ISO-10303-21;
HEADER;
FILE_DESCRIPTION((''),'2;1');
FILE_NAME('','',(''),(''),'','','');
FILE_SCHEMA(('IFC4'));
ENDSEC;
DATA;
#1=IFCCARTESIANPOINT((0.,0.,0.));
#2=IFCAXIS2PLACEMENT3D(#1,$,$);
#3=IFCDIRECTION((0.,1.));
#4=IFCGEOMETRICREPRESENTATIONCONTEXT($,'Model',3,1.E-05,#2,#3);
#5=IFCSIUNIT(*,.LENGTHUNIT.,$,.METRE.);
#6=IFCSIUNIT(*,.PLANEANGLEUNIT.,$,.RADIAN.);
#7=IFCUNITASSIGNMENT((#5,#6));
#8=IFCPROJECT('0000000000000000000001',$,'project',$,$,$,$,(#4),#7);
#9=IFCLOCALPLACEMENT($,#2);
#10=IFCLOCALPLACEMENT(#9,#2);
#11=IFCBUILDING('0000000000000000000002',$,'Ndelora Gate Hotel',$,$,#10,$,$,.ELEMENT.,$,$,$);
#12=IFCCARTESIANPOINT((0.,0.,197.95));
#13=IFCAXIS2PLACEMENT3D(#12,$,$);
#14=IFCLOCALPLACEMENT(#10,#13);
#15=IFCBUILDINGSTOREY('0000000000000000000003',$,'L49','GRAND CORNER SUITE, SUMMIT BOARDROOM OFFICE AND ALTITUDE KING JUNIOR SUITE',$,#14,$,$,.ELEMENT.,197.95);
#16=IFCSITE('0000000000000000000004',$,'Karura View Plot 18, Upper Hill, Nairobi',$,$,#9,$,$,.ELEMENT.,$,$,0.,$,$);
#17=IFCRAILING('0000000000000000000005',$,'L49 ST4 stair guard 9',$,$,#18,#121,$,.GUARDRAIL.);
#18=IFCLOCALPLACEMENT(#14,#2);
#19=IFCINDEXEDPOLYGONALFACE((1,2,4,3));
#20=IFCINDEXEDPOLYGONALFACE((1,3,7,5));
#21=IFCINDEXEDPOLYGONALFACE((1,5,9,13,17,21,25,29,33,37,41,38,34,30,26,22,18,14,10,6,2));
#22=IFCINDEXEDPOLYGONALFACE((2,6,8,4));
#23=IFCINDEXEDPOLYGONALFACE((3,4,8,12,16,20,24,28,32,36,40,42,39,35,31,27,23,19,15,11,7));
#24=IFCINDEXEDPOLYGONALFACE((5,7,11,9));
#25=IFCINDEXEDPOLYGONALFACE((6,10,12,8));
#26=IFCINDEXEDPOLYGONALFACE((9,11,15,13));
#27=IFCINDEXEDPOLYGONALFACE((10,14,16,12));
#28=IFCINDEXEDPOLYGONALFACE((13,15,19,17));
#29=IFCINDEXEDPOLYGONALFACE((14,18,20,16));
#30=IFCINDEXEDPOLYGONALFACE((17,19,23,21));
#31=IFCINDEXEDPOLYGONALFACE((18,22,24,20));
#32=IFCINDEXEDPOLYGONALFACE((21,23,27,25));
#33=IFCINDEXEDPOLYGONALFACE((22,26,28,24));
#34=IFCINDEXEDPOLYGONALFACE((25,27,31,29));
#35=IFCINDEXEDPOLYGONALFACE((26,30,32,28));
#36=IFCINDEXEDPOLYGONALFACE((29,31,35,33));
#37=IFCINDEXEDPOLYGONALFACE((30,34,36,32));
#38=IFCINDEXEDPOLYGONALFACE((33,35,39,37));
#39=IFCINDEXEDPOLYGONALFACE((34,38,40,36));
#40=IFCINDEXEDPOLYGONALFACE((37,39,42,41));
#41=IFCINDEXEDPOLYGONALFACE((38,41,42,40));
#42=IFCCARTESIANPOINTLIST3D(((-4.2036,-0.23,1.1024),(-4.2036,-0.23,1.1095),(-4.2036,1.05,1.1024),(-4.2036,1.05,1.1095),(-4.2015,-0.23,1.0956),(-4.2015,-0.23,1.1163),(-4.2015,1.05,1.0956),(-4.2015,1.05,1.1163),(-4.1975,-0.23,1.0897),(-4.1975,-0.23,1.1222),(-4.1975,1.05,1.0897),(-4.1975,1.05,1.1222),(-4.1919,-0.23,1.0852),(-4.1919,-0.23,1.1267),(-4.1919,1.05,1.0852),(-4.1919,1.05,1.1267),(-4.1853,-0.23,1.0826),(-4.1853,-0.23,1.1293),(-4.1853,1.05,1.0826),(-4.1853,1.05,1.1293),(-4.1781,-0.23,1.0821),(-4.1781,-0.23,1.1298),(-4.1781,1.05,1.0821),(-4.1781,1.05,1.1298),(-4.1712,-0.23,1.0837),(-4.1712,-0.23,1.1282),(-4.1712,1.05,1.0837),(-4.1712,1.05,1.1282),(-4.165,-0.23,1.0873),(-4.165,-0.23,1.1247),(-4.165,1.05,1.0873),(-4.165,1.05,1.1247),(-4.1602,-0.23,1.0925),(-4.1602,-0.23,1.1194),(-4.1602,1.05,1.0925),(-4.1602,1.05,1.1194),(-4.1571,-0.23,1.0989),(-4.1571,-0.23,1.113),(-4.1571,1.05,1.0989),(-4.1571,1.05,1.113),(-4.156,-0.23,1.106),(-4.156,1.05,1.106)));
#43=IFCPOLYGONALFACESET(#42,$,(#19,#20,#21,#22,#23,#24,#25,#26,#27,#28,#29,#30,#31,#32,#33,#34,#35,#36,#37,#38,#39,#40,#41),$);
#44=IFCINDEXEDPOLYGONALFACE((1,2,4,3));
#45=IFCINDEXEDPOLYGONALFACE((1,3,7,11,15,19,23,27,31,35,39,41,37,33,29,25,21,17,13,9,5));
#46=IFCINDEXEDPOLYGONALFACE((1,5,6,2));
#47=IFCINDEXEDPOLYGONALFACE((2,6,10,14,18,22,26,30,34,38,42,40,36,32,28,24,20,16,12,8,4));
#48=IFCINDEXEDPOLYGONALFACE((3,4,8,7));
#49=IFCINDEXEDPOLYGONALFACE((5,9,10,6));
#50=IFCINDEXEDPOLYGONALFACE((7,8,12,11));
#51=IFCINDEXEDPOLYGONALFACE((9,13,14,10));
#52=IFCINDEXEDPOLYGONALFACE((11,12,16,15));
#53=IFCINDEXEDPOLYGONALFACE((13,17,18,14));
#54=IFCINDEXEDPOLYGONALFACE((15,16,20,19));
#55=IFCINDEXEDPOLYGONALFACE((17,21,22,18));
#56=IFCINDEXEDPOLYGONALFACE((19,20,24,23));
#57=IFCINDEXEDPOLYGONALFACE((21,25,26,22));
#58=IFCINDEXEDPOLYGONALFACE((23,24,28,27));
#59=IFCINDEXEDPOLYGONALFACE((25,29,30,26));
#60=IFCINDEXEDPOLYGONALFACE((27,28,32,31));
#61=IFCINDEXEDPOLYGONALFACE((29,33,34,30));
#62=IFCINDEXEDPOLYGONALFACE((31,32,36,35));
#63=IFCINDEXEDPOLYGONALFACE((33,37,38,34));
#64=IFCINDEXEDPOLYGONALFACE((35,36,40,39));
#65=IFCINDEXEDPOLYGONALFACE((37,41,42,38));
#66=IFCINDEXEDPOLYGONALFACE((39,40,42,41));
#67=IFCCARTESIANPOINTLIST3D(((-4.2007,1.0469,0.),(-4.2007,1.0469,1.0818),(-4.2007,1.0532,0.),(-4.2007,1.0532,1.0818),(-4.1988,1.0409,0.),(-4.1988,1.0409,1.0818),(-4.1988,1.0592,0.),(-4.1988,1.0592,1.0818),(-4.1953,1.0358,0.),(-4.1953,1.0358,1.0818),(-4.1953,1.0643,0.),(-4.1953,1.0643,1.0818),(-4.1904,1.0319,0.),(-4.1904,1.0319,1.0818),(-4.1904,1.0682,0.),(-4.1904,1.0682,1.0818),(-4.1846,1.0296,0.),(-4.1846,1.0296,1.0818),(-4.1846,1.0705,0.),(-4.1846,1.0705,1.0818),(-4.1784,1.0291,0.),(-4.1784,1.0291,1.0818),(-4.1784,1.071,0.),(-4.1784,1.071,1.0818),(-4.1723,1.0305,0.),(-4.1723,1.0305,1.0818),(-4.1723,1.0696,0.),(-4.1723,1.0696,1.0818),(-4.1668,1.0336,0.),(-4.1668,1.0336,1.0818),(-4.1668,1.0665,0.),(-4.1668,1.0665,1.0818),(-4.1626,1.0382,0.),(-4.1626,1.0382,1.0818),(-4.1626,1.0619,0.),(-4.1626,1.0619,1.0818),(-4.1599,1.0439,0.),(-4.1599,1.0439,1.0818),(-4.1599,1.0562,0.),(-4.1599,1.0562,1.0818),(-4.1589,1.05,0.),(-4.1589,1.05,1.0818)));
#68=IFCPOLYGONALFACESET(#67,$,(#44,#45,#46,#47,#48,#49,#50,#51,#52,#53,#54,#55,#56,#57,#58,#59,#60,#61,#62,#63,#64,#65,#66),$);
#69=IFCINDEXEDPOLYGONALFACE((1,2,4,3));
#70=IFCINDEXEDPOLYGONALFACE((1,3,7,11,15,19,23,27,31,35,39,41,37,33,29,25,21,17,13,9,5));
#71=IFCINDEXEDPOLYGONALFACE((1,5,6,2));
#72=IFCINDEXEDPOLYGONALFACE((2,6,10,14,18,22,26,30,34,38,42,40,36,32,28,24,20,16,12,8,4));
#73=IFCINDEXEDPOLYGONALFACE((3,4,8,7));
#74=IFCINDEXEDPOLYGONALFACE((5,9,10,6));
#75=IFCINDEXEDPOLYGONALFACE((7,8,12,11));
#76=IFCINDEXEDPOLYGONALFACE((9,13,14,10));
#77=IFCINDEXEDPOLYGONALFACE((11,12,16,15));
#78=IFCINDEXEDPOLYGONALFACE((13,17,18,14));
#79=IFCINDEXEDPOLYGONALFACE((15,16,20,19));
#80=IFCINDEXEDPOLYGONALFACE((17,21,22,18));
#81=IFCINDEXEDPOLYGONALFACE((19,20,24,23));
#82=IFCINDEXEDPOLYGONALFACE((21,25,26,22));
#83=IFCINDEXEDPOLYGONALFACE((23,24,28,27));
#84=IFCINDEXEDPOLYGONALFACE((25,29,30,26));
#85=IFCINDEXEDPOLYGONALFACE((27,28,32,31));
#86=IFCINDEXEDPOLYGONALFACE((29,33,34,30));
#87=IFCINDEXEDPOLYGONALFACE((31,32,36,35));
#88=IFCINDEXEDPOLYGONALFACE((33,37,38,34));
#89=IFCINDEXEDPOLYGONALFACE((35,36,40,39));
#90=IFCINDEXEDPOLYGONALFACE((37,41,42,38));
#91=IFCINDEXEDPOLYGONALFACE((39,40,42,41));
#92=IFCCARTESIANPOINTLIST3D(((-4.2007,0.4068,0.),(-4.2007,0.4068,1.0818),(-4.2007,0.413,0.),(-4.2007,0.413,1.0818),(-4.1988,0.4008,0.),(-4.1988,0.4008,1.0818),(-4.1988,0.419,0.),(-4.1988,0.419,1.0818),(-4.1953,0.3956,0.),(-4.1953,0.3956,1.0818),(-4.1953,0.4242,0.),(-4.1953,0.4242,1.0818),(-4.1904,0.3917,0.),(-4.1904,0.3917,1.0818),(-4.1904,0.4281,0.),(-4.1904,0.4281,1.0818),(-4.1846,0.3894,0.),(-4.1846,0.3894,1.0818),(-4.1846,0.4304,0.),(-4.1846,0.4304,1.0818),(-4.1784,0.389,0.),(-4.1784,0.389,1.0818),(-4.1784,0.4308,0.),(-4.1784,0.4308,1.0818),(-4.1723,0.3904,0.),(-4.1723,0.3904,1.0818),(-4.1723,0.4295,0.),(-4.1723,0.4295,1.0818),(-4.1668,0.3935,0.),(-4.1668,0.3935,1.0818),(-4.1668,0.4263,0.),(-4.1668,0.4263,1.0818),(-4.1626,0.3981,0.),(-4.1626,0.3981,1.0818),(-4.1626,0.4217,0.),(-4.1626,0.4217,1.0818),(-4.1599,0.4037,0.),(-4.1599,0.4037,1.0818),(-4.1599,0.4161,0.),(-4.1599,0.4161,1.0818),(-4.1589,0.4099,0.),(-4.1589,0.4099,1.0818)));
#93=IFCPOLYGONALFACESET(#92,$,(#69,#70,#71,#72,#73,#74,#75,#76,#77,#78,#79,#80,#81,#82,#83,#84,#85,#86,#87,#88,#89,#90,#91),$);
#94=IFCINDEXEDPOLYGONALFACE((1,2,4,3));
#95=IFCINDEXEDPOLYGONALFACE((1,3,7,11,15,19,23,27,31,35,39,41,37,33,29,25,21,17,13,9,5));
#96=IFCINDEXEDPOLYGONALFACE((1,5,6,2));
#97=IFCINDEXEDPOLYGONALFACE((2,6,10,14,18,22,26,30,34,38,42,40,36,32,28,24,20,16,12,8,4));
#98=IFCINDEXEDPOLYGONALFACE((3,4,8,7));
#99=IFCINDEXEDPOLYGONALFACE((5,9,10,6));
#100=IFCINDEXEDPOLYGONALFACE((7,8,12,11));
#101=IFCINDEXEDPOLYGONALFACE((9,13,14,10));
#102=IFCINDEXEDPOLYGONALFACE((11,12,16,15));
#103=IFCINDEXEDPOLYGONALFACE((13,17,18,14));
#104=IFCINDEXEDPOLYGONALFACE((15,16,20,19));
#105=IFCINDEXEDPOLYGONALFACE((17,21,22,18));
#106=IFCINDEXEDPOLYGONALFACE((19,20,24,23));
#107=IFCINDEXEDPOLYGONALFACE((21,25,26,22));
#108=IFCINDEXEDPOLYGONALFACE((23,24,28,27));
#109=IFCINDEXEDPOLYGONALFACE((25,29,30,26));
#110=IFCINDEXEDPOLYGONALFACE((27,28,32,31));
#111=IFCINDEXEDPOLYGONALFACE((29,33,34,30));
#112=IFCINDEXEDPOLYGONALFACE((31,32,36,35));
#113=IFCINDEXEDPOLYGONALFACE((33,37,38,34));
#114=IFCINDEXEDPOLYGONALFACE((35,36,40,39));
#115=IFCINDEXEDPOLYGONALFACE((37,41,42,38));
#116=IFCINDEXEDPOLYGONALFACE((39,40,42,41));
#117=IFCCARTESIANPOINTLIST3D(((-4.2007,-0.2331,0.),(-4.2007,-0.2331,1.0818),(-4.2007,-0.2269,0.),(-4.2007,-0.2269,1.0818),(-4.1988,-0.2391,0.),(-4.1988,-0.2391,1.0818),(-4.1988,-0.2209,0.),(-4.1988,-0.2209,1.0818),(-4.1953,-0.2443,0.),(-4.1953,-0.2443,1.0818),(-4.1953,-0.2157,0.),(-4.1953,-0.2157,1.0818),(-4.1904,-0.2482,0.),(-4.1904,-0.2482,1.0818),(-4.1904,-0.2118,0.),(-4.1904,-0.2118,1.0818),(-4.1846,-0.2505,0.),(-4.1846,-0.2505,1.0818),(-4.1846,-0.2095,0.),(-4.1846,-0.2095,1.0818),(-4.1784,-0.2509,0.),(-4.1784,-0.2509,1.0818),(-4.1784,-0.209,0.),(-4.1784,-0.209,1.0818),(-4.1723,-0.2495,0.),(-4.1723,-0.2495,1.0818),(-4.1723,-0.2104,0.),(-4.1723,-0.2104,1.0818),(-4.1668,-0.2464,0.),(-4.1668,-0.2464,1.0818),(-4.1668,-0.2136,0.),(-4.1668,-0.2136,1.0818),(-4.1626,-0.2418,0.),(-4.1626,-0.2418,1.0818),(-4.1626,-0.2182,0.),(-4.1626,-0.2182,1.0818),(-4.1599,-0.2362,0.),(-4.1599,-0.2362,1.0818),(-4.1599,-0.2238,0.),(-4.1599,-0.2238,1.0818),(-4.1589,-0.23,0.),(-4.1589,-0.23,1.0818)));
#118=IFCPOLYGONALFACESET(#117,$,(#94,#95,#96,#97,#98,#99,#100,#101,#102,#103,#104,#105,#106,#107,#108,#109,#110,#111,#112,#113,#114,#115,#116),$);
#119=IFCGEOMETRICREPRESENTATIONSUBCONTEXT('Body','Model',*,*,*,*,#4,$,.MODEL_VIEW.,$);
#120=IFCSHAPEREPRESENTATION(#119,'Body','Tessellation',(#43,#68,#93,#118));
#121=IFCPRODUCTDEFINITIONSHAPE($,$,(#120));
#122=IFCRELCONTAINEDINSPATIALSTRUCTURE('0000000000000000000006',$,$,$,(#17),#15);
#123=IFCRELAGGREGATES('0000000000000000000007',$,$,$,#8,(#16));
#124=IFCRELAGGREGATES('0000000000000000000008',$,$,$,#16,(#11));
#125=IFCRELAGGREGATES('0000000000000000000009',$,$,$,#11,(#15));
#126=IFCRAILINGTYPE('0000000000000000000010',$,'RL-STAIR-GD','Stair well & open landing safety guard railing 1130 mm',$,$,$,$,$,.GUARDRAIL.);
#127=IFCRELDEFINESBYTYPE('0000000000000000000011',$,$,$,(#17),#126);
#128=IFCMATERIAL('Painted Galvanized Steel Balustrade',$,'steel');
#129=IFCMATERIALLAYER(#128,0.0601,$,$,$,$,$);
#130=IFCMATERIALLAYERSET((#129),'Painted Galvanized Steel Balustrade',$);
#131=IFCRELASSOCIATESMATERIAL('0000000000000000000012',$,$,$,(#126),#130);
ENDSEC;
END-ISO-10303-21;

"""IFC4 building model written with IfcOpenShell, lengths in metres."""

from ifc_helpers import new_model, si_unit, direction, frame, origin, origin_2d, place, context, subcontext, project, spatial, circle, extrude, material, layer, layer_set, type_object, element, save


model = new_model("IFC4")

# Units and contexts
model_context = context("Model", 3, precision=1e-05, world=origin(), true_north=direction((0.0, 1.0)))
body_context = subcontext(model_context, "Body", "Model", "MODEL_VIEW")
ifc_project = project(units=[si_unit("LENGTHUNIT", "METRE"), si_unit("PLANEANGLEUNIT", "RADIAN")], contexts=[model_context])

# Site, building, storey
site_placement = place(None, origin())
site = spatial("IfcSite", under=ifc_project, at=site_placement, Name="Karura View Plot 18, Upper Hill, Nairobi", CompositionType="ELEMENT", RefElevation=0.0)
building_placement = place(site_placement, origin())
building = spatial("IfcBuilding", under=site, at=building_placement, Name="Ndelora Gate Hotel", CompositionType="ELEMENT")
storey_placement = place(building_placement, frame((0.0, 0.0, 197.95)))
storey = spatial("IfcBuildingStorey", under=building, at=storey_placement, Name="L49", Description="GRAND CORNER SUITE, SUMMIT BOARDROOM OFFICE AND ALTITUDE KING JUNIOR SUITE", CompositionType="ELEMENT", Elevation=197.95)

# Railing
ifc_material_1 = material(Name="Painted Galvanized Steel Balustrade", Category="steel")
ifc_layer_1 = layer(ifc_material_1, 0.0601)
ifc_layer_set_1 = layer_set([ifc_layer_1], Name="Painted Galvanized Steel Balustrade")
railing_type_1 = type_object("IfcRailingType", Name="RL-STAIR-GD", Description="Stair well & open landing safety guard railing 1130 mm", PredefinedType="GUARDRAIL", material=ifc_layer_set_1)
for number, where, name in (
    (1, (-4.1799, 1.05, 0.0), "L49 ST4 stair guard 9"),
):
    element("IfcRailing", number, at=place(storey_placement, frame(where)), inside=storey, type_object=railing_type_1, Name=name, PredefinedType="GUARDRAIL", context=body_context, shape_type="SweptSolid", body=[
        extrude(circle(Radius=0.0239, at=origin_2d()), frame((0.0, 0.0, 1.106), z_axis=(0.0, -1.0, 0.0), x_axis=(1.0, 0.0, 0.0)), (0.0, 0.0, 1.0), 1.28),
        extrude(circle(Radius=0.021, at=origin_2d()), origin(), (0.0, 0.0, 1.0), 1.0818),
        extrude(circle(Radius=0.021, at=origin_2d()), frame((0.0, -0.6401, 0.0)), (0.0, 0.0, 1.0), 1.0818),
        extrude(circle(Radius=0.021, at=origin_2d()), frame((0.0, -1.28, 0.0)), (0.0, 0.0, 1.0), 1.0818),
    ])

save(model, "model.ifc")
